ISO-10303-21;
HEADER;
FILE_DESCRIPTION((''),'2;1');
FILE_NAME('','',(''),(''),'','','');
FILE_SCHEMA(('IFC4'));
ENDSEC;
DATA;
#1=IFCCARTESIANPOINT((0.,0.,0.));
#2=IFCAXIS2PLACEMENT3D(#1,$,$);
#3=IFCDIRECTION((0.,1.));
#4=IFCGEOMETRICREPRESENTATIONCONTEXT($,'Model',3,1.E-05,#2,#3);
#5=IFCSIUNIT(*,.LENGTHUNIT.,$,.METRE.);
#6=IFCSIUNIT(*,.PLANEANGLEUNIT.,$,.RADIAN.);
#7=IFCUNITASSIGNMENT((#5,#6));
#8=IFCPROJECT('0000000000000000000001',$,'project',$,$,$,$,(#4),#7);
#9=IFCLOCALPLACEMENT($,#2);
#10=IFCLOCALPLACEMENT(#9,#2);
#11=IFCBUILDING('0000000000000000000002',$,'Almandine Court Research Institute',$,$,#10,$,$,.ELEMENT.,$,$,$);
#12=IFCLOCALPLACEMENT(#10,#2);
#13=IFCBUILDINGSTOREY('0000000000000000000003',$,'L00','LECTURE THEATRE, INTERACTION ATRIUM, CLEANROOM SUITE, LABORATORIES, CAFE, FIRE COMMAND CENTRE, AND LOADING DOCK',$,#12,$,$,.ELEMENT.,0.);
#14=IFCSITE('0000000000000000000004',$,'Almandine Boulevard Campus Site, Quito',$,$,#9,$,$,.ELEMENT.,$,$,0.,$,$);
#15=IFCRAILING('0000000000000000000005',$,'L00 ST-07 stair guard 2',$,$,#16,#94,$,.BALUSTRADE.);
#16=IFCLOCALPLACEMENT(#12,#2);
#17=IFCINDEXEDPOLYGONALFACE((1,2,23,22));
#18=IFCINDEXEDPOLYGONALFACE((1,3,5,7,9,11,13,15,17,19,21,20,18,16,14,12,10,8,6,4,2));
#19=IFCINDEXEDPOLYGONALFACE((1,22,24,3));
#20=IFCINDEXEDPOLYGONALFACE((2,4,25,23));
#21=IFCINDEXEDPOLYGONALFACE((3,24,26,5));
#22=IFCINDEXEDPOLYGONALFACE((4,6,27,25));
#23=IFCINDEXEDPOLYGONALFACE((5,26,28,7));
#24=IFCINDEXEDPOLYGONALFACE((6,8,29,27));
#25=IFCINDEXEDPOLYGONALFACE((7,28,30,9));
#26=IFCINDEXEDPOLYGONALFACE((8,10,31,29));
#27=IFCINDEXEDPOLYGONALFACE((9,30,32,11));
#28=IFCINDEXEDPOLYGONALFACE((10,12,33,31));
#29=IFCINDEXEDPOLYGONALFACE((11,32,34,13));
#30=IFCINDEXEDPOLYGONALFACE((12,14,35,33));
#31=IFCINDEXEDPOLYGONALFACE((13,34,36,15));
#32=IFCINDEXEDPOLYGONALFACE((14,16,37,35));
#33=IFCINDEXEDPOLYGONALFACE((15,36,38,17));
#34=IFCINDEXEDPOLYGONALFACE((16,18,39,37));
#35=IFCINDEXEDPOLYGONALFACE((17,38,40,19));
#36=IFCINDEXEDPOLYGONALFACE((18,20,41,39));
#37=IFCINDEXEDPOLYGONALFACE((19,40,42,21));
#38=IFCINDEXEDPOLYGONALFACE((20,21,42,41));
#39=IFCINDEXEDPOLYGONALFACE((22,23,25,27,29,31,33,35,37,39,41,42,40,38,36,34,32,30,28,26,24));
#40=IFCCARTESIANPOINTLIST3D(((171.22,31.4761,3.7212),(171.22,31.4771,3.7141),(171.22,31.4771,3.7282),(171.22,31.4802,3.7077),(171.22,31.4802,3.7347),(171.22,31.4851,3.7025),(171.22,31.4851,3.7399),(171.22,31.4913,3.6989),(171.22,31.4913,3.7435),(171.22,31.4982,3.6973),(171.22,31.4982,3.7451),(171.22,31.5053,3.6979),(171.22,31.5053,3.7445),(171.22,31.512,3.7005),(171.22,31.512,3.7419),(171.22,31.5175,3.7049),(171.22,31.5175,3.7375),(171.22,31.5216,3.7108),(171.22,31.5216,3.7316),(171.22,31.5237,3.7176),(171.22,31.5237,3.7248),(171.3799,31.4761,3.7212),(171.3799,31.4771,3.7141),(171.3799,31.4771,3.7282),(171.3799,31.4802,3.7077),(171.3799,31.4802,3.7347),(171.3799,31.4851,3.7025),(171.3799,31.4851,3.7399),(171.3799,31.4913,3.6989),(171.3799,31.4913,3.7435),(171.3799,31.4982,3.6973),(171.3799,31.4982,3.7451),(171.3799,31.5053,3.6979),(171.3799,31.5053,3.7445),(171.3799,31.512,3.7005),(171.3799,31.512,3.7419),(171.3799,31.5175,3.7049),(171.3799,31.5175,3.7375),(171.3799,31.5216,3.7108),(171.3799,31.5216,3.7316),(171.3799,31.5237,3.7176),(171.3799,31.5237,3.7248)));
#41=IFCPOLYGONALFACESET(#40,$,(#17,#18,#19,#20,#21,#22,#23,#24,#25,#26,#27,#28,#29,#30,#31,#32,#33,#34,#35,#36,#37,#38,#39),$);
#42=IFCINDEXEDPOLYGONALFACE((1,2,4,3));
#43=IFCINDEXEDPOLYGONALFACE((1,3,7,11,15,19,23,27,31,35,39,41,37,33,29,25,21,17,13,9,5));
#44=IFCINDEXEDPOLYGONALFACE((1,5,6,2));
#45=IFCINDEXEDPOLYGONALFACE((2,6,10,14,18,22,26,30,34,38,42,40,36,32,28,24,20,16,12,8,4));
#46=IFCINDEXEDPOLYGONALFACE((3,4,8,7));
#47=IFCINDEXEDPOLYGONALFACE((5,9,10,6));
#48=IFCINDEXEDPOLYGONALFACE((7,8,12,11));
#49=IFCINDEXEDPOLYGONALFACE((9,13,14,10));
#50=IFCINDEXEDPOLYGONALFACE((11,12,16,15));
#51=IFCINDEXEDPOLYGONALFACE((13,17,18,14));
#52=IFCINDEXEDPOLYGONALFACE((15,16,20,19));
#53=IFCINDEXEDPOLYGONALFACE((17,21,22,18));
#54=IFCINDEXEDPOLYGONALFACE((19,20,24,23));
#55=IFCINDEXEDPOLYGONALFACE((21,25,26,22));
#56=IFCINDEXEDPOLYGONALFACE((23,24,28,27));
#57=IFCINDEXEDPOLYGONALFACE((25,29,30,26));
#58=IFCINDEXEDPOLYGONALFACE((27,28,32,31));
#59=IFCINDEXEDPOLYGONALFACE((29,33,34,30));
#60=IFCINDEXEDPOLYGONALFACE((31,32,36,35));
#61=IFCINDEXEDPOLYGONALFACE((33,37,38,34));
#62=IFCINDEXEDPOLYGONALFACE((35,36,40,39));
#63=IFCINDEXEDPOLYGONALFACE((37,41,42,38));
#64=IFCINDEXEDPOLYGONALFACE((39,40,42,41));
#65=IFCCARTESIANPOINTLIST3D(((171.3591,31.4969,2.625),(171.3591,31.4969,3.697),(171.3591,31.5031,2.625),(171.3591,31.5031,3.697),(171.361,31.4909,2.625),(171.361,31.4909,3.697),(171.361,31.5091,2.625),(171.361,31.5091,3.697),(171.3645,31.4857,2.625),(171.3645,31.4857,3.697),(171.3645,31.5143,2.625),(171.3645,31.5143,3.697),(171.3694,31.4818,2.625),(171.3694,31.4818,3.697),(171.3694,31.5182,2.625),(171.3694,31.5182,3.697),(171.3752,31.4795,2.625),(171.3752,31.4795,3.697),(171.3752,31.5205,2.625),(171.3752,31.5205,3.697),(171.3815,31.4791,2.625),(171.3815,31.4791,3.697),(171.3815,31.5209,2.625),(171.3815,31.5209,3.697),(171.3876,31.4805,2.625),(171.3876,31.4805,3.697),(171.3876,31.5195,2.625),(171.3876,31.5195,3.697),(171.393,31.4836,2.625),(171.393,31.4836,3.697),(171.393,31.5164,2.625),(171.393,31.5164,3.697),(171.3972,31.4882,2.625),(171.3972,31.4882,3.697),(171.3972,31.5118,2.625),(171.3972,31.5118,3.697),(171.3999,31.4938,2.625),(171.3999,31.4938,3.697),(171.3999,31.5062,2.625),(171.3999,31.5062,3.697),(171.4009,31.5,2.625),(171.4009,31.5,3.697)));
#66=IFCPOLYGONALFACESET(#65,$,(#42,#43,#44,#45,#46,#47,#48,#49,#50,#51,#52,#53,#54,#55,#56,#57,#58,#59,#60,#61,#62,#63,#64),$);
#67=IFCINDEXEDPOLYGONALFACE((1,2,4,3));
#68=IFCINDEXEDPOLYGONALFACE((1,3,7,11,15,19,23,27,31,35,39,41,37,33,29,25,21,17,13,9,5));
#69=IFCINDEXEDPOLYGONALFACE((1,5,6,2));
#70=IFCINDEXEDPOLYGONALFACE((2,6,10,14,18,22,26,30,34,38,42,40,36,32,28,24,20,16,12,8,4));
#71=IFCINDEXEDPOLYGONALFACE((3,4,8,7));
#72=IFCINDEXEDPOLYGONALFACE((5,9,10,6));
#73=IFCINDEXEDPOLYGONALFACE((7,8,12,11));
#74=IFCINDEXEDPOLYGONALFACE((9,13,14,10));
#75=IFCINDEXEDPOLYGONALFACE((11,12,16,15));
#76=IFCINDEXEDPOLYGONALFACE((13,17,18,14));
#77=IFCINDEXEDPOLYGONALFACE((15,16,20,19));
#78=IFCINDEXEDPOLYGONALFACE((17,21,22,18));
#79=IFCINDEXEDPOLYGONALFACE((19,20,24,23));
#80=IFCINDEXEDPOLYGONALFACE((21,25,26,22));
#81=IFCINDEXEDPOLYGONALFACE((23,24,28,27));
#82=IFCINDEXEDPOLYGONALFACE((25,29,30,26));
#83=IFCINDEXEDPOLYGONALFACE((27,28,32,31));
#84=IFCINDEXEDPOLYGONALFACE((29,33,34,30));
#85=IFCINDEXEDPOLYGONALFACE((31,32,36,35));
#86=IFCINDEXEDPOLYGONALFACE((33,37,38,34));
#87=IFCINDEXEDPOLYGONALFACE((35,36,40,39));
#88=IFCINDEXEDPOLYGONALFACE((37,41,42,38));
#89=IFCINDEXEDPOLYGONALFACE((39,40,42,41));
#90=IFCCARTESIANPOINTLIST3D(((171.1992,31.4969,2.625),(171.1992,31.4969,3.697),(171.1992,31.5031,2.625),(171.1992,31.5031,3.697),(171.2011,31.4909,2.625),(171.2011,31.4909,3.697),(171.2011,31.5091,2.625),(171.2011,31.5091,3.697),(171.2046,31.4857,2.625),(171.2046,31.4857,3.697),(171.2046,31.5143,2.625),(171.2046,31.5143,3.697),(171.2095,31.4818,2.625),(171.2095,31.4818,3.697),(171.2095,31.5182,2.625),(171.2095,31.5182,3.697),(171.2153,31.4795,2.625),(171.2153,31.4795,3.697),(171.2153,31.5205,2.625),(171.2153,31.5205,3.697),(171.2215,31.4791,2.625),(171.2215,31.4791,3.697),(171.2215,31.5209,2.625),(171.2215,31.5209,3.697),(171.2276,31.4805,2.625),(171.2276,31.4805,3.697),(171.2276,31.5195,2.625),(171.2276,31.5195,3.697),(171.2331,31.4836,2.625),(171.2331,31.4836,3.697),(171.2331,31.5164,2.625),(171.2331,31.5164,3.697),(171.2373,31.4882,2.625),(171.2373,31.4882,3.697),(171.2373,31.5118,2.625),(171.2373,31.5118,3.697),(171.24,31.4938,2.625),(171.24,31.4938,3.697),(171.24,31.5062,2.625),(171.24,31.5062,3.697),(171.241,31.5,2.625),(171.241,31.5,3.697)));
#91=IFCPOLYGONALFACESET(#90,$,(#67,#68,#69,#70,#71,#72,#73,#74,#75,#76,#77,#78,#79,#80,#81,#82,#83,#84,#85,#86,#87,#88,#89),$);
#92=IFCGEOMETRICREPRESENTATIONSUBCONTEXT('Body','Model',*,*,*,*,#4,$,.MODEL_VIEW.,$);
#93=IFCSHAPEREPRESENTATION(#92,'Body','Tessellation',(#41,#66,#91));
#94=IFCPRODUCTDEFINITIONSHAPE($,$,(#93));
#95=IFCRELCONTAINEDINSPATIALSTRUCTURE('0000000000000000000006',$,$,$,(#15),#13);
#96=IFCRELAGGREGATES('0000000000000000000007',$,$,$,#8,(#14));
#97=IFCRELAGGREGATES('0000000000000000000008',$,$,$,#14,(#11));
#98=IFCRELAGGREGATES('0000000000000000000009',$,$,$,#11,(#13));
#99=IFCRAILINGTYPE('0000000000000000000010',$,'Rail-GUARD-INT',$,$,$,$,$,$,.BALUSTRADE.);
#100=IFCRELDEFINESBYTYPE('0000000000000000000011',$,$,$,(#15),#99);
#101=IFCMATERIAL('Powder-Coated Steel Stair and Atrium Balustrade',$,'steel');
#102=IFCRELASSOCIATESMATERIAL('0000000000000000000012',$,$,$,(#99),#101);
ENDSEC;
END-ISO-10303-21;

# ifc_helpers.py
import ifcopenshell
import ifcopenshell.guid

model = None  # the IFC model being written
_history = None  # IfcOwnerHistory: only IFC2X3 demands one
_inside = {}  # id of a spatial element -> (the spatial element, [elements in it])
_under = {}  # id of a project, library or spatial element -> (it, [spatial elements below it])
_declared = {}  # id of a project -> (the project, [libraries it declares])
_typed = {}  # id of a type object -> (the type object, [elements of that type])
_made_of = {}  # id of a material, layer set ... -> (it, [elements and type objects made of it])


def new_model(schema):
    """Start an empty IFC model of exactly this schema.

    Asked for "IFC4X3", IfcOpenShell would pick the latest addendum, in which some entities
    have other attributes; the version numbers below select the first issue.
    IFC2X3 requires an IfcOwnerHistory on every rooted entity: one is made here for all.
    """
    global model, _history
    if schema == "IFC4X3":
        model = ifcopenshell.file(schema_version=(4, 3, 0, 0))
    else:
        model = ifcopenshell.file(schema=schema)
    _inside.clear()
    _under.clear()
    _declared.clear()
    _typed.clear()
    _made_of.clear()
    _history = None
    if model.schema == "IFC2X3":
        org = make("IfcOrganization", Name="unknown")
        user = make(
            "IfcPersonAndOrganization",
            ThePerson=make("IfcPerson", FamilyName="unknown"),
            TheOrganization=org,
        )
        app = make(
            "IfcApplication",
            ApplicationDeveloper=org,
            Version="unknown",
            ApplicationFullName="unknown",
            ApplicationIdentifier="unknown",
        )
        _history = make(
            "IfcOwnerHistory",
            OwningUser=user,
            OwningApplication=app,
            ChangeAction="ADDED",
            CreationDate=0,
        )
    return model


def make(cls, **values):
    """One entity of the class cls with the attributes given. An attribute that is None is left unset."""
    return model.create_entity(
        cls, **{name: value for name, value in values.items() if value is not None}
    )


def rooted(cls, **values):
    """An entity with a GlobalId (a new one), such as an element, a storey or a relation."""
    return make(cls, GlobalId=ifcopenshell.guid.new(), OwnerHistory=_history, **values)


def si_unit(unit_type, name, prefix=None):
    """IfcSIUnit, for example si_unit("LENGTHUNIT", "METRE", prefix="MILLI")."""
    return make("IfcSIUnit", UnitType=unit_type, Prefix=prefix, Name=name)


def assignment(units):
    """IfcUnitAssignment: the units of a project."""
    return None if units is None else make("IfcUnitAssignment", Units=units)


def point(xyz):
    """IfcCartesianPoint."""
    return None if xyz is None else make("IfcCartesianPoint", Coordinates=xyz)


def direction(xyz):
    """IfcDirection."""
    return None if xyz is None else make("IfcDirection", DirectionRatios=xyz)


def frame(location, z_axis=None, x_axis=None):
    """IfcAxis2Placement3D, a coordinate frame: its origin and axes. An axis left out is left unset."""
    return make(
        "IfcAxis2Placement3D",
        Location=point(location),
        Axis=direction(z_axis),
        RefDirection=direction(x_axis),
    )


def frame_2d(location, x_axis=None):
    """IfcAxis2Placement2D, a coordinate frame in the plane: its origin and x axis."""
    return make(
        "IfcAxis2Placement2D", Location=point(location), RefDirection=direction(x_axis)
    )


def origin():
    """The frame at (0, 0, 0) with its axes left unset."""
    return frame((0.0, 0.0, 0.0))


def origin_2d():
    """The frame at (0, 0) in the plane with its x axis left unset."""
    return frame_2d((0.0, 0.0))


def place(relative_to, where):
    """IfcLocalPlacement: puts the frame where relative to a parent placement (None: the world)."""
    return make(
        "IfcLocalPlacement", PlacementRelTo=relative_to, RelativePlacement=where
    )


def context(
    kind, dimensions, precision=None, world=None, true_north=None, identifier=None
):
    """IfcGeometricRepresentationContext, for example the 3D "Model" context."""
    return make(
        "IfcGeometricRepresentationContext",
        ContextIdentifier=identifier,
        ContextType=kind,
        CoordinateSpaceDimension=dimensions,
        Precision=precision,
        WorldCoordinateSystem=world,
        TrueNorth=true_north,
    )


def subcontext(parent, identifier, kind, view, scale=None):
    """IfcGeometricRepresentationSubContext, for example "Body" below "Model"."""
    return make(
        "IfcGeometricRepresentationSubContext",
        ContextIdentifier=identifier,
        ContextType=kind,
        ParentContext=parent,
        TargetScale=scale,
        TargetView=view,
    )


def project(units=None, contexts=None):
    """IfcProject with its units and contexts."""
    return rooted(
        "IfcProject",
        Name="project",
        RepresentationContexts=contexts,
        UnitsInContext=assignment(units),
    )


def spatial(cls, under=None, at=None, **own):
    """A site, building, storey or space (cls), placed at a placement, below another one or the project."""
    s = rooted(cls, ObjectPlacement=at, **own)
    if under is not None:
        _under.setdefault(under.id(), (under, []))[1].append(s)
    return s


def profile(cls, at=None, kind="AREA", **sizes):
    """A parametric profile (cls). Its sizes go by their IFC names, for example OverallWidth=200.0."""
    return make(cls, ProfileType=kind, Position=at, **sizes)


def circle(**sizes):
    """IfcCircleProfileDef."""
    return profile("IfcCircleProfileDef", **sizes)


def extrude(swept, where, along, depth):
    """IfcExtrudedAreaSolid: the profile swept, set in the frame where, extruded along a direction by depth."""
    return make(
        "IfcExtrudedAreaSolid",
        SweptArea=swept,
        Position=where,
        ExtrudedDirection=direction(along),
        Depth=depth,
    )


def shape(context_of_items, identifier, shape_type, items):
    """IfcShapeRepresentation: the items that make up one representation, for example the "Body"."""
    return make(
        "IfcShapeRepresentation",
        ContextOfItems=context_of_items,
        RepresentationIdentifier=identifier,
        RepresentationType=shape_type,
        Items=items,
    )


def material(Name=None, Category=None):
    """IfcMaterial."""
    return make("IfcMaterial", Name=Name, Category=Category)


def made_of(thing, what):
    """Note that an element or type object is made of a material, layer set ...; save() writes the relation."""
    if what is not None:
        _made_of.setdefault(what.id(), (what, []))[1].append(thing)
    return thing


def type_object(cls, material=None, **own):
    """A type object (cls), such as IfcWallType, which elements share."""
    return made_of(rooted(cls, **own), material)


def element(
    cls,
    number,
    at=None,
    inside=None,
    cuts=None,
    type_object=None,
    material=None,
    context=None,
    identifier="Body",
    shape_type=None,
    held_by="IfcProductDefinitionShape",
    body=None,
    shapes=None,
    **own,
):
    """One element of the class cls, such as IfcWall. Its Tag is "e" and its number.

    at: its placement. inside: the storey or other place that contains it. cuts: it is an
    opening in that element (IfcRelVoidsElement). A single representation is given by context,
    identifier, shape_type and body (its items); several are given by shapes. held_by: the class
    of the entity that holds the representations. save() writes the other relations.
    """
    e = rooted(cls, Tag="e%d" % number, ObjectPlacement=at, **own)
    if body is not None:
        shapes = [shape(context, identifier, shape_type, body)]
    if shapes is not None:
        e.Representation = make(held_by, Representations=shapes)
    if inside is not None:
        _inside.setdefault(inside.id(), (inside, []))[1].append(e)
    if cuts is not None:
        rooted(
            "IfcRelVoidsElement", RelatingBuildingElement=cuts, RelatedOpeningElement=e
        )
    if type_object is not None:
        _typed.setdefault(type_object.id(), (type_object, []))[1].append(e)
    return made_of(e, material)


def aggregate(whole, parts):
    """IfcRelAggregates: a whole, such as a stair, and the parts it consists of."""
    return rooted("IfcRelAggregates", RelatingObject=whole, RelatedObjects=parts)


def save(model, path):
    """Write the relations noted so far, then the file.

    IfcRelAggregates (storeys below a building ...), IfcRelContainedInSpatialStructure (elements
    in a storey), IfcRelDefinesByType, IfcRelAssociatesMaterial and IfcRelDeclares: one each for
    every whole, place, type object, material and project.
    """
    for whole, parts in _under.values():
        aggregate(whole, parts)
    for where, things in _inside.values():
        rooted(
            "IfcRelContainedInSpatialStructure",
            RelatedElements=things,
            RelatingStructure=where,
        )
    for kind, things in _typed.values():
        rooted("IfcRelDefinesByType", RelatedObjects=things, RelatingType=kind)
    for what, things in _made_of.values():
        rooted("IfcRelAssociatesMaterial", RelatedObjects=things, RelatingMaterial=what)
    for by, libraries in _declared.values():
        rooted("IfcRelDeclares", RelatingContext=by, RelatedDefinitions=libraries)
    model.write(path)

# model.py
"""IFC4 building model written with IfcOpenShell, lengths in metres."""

from ifc_helpers import new_model, si_unit, direction, frame, origin, origin_2d, place, context, subcontext, project, spatial, circle, extrude, material, type_object, element, save


model = new_model("IFC4")

# Units and contexts
model_context = context("Model", 3, precision=1e-05, world=origin(), true_north=direction((0.0, 1.0)))
body_context = subcontext(model_context, "Body", "Model", "MODEL_VIEW")
ifc_project = project(units=[si_unit("LENGTHUNIT", "METRE"), si_unit("PLANEANGLEUNIT", "RADIAN")], contexts=[model_context])

# Site, building, storey
site_placement = place(None, origin())
site = spatial("IfcSite", under=ifc_project, at=site_placement, Name="Almandine Boulevard Campus Site, Quito", CompositionType="ELEMENT", RefElevation=0.0)
building_placement = place(site_placement, origin())
building = spatial("IfcBuilding", under=site, at=building_placement, Name="Almandine Court Research Institute", CompositionType="ELEMENT")
storey_placement = place(building_placement, origin())
storey = spatial("IfcBuildingStorey", under=building, at=storey_placement, Name="L00", Description="LECTURE THEATRE, INTERACTION ATRIUM, CLEANROOM SUITE, LABORATORIES, CAFE, FIRE COMMAND CENTRE, AND LOADING DOCK", CompositionType="ELEMENT", Elevation=0.0)

# Railing
ifc_material_1 = material(Name="Powder-Coated Steel Stair and Atrium Balustrade", Category="steel")
railing_type_1 = type_object("IfcRailingType", Name="Rail-GUARD-INT", PredefinedType="BALUSTRADE", material=ifc_material_1)
railing_1_placement = place(storey_placement, frame((171.3799, 31.5, 2.625)))
element("IfcRailing", 1, at=railing_1_placement, inside=storey, type_object=railing_type_1, Name="L00 ST-07 stair guard 2", PredefinedType="BALUSTRADE", context=body_context, shape_type="SweptSolid", body=[
    extrude(circle(Radius=0.0239, at=origin_2d()), frame((0.0, 0.0, 1.0962), z_axis=(-1.0, 0.0, 0.0), x_axis=(0.0, -1.0, 0.0)), (0.0, 0.0, 1.0), 0.1599),
    extrude(circle(Radius=0.021, at=origin_2d()), origin(), (0.0, 0.0, 1.0), 1.072),
    extrude(circle(Radius=0.021, at=origin_2d()), frame((-0.1599, 0.0, 0.0)), (0.0, 0.0, 1.0), 1.072),
])

save(model, "model.ifc")
